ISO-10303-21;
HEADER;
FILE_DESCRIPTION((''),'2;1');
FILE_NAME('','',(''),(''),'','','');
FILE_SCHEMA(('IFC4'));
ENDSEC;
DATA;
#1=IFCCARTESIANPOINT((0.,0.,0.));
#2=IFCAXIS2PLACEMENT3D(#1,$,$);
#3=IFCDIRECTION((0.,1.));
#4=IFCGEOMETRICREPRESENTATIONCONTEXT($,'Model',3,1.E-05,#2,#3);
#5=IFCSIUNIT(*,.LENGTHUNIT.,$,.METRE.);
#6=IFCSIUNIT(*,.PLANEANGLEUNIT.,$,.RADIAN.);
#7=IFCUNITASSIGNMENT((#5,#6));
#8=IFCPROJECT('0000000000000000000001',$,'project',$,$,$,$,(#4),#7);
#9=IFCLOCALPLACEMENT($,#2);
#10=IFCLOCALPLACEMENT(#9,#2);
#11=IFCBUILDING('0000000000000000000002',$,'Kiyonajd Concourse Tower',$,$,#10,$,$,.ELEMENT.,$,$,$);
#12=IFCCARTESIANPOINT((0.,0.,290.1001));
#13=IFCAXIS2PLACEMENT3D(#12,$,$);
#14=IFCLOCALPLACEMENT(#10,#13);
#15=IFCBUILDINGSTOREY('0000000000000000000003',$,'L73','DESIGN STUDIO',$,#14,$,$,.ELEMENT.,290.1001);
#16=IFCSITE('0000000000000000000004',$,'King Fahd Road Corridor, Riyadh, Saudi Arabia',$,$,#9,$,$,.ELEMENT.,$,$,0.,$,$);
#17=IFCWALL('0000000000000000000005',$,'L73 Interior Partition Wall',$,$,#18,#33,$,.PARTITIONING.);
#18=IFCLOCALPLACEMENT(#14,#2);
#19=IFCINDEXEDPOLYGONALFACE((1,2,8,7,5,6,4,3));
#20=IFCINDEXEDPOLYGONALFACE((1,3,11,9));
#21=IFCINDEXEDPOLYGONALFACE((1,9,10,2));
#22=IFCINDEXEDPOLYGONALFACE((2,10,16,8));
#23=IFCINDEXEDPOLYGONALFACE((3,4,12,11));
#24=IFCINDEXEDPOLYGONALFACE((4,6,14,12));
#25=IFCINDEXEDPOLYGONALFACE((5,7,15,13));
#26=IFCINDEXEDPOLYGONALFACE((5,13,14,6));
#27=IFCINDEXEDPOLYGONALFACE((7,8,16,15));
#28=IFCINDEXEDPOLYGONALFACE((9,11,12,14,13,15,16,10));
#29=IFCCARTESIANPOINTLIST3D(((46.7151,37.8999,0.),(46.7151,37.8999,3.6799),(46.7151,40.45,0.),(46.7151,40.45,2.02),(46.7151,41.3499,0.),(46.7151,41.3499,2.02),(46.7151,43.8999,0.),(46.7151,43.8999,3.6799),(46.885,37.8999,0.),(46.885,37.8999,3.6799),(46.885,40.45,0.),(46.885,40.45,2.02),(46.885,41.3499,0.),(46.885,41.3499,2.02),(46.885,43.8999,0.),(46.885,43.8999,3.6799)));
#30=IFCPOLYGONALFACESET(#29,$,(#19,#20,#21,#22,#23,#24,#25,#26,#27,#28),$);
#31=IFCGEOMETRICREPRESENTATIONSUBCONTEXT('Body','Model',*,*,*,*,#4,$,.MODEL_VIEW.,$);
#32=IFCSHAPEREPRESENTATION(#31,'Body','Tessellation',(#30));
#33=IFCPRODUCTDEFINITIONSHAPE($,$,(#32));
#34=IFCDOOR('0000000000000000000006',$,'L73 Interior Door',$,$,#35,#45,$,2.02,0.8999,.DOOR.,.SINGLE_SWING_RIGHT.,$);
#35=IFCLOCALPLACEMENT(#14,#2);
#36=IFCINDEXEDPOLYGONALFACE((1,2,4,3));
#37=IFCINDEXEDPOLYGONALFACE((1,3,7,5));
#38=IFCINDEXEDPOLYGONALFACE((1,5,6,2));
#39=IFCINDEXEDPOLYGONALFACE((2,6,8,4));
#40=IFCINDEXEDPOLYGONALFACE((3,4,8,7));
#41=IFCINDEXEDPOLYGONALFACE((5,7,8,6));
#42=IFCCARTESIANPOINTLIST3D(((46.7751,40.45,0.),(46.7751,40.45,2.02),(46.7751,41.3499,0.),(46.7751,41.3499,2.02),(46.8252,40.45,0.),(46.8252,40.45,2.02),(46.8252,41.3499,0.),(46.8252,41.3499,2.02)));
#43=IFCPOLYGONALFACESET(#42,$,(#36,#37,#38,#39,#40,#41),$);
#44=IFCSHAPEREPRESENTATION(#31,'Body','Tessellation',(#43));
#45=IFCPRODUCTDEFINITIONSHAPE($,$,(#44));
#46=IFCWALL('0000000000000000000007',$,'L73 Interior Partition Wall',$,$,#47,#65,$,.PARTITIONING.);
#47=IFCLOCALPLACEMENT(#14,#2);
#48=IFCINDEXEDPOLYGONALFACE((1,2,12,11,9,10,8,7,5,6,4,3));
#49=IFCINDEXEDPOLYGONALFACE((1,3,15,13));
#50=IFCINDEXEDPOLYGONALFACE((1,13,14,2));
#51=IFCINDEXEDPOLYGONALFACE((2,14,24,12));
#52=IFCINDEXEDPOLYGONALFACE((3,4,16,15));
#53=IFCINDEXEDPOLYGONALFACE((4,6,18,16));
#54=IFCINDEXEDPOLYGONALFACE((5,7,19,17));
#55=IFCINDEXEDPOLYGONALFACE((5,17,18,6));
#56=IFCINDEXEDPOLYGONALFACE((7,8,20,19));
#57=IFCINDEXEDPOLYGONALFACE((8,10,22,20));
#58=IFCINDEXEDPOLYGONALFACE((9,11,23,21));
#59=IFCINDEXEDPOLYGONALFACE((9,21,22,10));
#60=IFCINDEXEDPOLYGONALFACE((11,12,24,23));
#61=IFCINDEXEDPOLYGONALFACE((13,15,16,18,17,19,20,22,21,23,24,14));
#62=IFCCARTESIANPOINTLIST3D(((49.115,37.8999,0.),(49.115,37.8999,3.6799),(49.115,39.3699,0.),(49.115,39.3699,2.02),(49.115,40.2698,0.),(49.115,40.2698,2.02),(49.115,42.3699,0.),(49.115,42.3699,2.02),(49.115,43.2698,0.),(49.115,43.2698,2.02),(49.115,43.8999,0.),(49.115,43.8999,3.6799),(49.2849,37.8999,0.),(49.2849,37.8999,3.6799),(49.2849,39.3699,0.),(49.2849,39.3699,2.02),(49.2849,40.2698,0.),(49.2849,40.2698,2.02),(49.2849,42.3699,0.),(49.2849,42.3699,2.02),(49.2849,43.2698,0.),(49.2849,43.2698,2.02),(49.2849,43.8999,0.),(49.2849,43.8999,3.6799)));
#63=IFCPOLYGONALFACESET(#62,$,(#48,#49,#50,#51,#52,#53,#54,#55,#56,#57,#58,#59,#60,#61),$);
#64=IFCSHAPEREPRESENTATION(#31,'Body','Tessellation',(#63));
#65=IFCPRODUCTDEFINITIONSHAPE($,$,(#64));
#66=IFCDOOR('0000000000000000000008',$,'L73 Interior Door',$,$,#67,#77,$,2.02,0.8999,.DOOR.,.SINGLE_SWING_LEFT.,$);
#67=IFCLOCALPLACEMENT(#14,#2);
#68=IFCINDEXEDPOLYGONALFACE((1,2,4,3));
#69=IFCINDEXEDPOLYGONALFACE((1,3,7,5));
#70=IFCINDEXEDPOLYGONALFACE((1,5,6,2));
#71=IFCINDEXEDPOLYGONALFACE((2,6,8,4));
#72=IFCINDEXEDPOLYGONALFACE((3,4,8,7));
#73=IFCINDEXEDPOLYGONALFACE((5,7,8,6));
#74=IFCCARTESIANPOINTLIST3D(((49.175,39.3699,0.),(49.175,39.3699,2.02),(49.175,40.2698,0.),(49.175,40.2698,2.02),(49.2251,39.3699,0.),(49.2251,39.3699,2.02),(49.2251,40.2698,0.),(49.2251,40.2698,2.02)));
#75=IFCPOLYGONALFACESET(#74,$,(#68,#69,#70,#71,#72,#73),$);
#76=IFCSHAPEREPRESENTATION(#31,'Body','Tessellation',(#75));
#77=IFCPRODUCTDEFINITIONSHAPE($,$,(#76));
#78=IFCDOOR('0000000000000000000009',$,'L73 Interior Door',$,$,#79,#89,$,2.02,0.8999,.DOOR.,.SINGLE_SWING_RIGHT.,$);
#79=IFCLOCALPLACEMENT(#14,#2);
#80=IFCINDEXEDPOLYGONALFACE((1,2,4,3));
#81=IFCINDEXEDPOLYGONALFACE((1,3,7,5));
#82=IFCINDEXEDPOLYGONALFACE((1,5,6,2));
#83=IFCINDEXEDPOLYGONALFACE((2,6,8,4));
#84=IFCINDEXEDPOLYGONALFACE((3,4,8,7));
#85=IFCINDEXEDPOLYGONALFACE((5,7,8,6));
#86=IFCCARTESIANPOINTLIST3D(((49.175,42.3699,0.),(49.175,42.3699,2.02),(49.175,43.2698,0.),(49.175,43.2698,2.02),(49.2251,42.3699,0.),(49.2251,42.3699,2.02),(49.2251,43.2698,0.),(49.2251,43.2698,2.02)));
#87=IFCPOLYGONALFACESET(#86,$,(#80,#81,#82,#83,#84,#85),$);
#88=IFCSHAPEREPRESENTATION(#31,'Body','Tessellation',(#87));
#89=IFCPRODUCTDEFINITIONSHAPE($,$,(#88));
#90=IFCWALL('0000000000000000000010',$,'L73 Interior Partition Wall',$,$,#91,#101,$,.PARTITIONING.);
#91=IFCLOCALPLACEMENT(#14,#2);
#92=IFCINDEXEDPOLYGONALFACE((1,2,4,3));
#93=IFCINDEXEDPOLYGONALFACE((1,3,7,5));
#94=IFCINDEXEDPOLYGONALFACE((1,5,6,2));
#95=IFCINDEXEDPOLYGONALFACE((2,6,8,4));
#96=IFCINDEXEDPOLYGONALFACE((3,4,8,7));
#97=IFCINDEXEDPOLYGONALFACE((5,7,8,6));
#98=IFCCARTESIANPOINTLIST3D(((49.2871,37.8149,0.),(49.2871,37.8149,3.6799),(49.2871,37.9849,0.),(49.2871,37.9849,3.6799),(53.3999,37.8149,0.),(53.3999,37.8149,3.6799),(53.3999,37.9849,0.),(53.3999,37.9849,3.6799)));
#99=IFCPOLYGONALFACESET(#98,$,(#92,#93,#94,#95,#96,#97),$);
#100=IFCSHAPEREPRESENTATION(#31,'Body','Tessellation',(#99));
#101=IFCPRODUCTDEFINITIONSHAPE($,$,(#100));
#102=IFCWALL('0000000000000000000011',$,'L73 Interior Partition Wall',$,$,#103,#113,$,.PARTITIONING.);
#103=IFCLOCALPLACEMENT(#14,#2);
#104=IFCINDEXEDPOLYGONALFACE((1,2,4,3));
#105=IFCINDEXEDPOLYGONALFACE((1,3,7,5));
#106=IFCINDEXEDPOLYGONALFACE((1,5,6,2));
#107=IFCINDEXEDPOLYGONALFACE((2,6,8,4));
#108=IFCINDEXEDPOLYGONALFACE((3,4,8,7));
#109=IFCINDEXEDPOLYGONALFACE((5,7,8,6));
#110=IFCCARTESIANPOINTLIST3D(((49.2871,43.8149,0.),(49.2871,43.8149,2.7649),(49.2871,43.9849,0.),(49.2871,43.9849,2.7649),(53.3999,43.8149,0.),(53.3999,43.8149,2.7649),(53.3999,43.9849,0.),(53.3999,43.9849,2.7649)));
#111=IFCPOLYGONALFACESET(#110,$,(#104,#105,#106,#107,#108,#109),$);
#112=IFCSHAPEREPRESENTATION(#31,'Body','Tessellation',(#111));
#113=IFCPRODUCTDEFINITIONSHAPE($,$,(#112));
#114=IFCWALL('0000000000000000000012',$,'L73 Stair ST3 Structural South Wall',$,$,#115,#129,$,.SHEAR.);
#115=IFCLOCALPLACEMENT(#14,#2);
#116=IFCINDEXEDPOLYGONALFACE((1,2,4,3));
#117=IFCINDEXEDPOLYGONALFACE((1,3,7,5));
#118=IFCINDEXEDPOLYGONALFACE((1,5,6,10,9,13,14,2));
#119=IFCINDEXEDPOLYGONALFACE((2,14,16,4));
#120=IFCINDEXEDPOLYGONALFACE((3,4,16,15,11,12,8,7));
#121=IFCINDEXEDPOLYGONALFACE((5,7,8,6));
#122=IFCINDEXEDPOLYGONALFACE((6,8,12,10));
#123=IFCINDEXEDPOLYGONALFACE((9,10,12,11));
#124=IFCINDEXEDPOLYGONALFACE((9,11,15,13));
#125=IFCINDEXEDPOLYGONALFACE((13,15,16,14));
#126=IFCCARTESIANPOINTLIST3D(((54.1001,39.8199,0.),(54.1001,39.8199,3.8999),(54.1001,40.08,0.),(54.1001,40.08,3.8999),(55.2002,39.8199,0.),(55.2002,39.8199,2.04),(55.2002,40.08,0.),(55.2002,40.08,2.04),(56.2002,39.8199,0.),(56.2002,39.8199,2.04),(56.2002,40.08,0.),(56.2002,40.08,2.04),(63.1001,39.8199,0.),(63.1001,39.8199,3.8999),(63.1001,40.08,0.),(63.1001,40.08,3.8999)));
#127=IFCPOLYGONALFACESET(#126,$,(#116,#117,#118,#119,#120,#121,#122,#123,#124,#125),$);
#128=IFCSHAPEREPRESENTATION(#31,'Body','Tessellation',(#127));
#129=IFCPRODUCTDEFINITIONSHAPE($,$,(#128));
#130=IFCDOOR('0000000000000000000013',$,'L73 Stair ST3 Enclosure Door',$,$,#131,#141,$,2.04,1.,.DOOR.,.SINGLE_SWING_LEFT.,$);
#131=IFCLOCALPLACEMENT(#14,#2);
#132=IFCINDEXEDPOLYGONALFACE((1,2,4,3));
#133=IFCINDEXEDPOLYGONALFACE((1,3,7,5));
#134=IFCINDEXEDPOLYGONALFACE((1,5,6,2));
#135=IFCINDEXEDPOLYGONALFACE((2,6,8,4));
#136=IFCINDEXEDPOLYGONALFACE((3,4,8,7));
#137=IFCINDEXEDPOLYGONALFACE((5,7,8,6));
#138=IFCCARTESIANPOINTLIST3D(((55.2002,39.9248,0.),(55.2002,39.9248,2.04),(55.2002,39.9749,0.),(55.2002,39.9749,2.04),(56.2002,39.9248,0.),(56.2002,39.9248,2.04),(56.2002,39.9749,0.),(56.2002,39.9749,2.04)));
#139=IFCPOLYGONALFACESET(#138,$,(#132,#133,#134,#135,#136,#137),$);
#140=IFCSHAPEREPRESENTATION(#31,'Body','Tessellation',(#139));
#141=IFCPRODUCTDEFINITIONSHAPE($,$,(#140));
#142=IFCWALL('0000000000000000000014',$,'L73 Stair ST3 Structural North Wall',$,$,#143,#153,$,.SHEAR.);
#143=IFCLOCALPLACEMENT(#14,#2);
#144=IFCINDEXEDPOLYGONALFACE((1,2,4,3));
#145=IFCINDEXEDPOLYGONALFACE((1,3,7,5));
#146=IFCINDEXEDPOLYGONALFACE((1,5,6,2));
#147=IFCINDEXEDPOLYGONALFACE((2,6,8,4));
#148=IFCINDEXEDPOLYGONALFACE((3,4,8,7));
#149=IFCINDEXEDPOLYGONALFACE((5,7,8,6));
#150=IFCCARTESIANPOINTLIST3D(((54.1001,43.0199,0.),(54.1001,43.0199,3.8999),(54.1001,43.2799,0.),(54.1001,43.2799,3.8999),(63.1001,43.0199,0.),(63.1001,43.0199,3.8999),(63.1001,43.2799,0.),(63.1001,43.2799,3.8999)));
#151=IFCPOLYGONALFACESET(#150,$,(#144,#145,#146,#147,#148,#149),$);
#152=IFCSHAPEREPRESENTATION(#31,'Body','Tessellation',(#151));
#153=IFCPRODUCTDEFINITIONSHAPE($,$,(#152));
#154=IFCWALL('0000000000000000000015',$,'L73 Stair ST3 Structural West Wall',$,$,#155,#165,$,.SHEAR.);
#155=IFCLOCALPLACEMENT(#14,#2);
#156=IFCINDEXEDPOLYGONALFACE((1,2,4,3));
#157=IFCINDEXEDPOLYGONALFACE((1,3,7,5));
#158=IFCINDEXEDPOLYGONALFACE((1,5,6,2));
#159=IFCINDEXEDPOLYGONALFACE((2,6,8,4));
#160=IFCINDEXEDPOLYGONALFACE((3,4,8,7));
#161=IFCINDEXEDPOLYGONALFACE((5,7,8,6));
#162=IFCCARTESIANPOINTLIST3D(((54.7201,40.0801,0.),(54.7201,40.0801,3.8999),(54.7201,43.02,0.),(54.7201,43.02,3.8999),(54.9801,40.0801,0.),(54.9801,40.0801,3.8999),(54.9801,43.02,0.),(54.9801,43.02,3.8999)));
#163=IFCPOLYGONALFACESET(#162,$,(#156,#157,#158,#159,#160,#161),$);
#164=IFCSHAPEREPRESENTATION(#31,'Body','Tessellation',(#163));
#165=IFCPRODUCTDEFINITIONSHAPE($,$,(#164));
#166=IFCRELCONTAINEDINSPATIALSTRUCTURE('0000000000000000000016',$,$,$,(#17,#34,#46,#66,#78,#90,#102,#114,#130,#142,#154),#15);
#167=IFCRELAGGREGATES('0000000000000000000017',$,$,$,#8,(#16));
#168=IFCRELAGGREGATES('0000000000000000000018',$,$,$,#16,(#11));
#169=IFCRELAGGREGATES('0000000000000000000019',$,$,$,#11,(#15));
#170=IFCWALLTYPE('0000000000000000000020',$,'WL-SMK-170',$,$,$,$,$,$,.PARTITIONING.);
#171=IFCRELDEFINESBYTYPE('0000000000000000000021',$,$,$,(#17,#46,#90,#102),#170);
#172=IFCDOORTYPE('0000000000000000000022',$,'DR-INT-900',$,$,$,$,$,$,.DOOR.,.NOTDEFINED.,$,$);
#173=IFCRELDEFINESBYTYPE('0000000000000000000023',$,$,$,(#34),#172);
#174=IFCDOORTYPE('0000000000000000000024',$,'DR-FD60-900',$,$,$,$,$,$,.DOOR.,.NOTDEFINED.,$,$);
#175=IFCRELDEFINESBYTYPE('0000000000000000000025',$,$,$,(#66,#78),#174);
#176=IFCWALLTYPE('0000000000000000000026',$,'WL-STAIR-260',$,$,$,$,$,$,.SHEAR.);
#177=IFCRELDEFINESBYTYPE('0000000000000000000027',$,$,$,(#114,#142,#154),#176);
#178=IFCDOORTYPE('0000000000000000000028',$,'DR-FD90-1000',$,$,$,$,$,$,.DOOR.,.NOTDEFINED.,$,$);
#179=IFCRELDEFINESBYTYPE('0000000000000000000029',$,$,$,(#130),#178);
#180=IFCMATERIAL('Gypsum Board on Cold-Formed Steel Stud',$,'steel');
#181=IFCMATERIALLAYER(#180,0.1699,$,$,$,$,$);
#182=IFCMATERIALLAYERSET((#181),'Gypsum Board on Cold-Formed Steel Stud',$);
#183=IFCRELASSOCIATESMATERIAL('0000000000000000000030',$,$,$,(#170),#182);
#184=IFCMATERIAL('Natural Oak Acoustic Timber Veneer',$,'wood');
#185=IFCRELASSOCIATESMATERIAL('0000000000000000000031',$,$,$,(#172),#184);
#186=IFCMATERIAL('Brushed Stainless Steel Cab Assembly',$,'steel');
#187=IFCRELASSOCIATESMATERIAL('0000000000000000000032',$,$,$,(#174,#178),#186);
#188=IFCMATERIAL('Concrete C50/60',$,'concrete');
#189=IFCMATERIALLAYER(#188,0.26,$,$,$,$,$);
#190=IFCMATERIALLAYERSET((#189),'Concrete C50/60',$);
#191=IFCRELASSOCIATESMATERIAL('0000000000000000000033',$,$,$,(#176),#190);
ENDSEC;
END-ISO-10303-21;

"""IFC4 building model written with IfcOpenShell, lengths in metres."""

from ifc_helpers import new_model, si_unit, direction, frame, frame_2d, origin, place, context, subcontext, project, spatial, rectangle, extrude, material, layer, layer_set, type_object, element, fill, save


model = new_model("IFC4")

# Units and contexts
model_context = context("Model", 3, precision=1e-05, world=origin(), true_north=direction((0.0, 1.0)))
body_context = subcontext(model_context, "Body", "Model", "MODEL_VIEW")
ifc_project = project(units=[si_unit("LENGTHUNIT", "METRE"), si_unit("PLANEANGLEUNIT", "RADIAN")], contexts=[model_context])

# Site, building, storey
site_placement = place(None, origin())
site = spatial("IfcSite", under=ifc_project, at=site_placement, Name="King Fahd Road Corridor, Riyadh, Saudi Arabia", CompositionType="ELEMENT", RefElevation=0.0)
building_placement = place(site_placement, origin())
building = spatial("IfcBuilding", under=site, at=building_placement, Name="Kiyonajd Concourse Tower", CompositionType="ELEMENT")
storey_placement = place(building_placement, frame((0.0, 0.0, 290.1001)))
storey = spatial("IfcBuildingStorey", under=building, at=storey_placement, Name="L73", Description="DESIGN STUDIO", CompositionType="ELEMENT", Elevation=290.1001)

# Shared definitions
ifc_material_1 = material(Name="Concrete C50/60", Category="concrete")

# Shared definitions
ifc_material_2 = material(Name="Gypsum Board on Cold-Formed Steel Stud", Category="steel")

# Wall, opening, door
ifc_layer_1 = layer(ifc_material_2, 0.1699)
ifc_layer_set_1 = layer_set([ifc_layer_1], Name="Gypsum Board on Cold-Formed Steel Stud")
wall_type_1 = type_object("IfcWallType", Name="WL-SMK-170", PredefinedType="PARTITIONING", material=ifc_layer_set_1)
wall_1_placement = place(storey_placement, frame((46.8, 37.8999, 0.0), z_axis=(0.0, 0.0, 1.0), x_axis=(0.0, 1.0, 0.0)))
wall_1 = element("IfcWall", 1, at=wall_1_placement, inside=storey, type_object=wall_type_1, Name="L73 Interior Partition Wall", PredefinedType="PARTITIONING", context=body_context, shape_type="SweptSolid", body=[
    extrude(rectangle(XDim=6.0, YDim=0.1699, at=frame_2d((3.0, 0.0))), origin(), (0.0, 0.0, 1.0), 3.6799),
])
opening_1_placement = place(wall_1_placement, frame((2.55, 0.0, 0.0)))
opening_1 = element("IfcOpeningElement", 2, at=opening_1_placement, cuts=wall_1, PredefinedType="OPENING", context=body_context, shape_type="SweptSolid", body=[
    extrude(rectangle(XDim=0.8999, YDim=2.02, at=frame_2d((0.45, 1.01))), frame((0.0, 0.095, 0.0), z_axis=(0.0, -1.0, 0.0), x_axis=(1.0, 0.0, 0.0)), (0.0, 0.0, 1.0), 0.1899),
])
ifc_material_3 = material(Name="Natural Oak Acoustic Timber Veneer", Category="wood")
door_type_1 = type_object("IfcDoorType", Name="DR-INT-900", OperationType="NOTDEFINED", PredefinedType="DOOR", material=ifc_material_3)
door_1_placement = place(opening_1_placement, origin())
door_1 = element("IfcDoor", 3, at=door_1_placement, inside=storey, type_object=door_type_1, Name="L73 Interior Door", OperationType="SINGLE_SWING_RIGHT", OverallHeight=2.02, OverallWidth=0.8999, PredefinedType="DOOR", context=body_context, shape_type="SweptSolid", body=[
    extrude(rectangle(XDim=0.8999, YDim=2.02, at=frame_2d((0.45, 1.01))), frame((0.0, 0.0249, 0.0), z_axis=(0.0, -1.0, 0.0), x_axis=(1.0, 0.0, 0.0)), (0.0, 0.0, 1.0), 0.05),
])
fill(opening_1, door_1)

# Wall, openings, doors
wall_2_placement = place(storey_placement, frame((49.2, 37.8999, 0.0), z_axis=(0.0, 0.0, 1.0), x_axis=(0.0, 1.0, 0.0)))
wall_2 = element("IfcWall", 4, at=wall_2_placement, inside=storey, type_object=wall_type_1, Name="L73 Interior Partition Wall", PredefinedType="PARTITIONING", context=body_context, shape_type="SweptSolid", body=[
    extrude(rectangle(XDim=6.0, YDim=0.1699, at=frame_2d((3.0, 0.0))), origin(), (0.0, 0.0, 1.0), 3.6799),
])
opening_2_placement = place(wall_2_placement, frame((1.47, 0.0, 0.0)))
opening_2 = element("IfcOpeningElement", 5, at=opening_2_placement, cuts=wall_2, PredefinedType="OPENING", context=body_context, shape_type="SweptSolid", body=[
    extrude(rectangle(XDim=0.8999, YDim=2.02, at=frame_2d((0.45, 1.01))), frame((0.0, 0.095, 0.0), z_axis=(0.0, -1.0, 0.0), x_axis=(1.0, 0.0, 0.0)), (0.0, 0.0, 1.0), 0.1899),
])
opening_3_placement = place(wall_2_placement, frame((4.47, 0.0, 0.0)))
opening_3 = element("IfcOpeningElement", 6, at=opening_3_placement, cuts=wall_2, PredefinedType="OPENING", context=body_context, shape_type="SweptSolid", body=[
    extrude(rectangle(XDim=0.8999, YDim=2.02, at=frame_2d((0.45, 1.01))), frame((0.0, 0.095, 0.0), z_axis=(0.0, -1.0, 0.0), x_axis=(1.0, 0.0, 0.0)), (0.0, 0.0, 1.0), 0.1899),
])
ifc_material_4 = material(Name="Brushed Stainless Steel Cab Assembly", Category="steel")
door_type_2 = type_object("IfcDoorType", Name="DR-FD60-900", OperationType="NOTDEFINED", PredefinedType="DOOR", material=ifc_material_4)
door_2_placement = place(opening_2_placement, origin())
door_2 = element("IfcDoor", 7, at=door_2_placement, inside=storey, type_object=door_type_2, Name="L73 Interior Door", OperationType="SINGLE_SWING_LEFT", OverallHeight=2.02, OverallWidth=0.8999, PredefinedType="DOOR", context=body_context, shape_type="SweptSolid", body=[
    extrude(rectangle(XDim=0.8999, YDim=2.02, at=frame_2d((0.45, 1.01))), frame((0.0, 0.0249, 0.0), z_axis=(0.0, -1.0, 0.0), x_axis=(1.0, 0.0, 0.0)), (0.0, 0.0, 1.0), 0.05),
])
fill(opening_2, door_2)
door_3_placement = place(opening_3_placement, origin())
door_3 = element("IfcDoor", 8, at=door_3_placement, inside=storey, type_object=door_type_2, Name="L73 Interior Door", OperationType="SINGLE_SWING_RIGHT", OverallHeight=2.02, OverallWidth=0.8999, PredefinedType="DOOR", context=body_context, shape_type="SweptSolid", body=[
    extrude(rectangle(XDim=0.8999, YDim=2.02, at=frame_2d((0.45, 1.01))), frame((0.0, 0.0249, 0.0), z_axis=(0.0, -1.0, 0.0), x_axis=(1.0, 0.0, 0.0)), (0.0, 0.0, 1.0), 0.05),
])
fill(opening_3, door_3)

# Walls
wall_3_placement = place(storey_placement, frame((49.2871, 37.8999, 0.0), z_axis=(0.0, 0.0, 1.0), x_axis=(1.0, 0.0, 0.0)))
element("IfcWall", 9, at=wall_3_placement, inside=storey, type_object=wall_type_1, Name="L73 Interior Partition Wall", PredefinedType="PARTITIONING", context=body_context, shape_type="SweptSolid", body=[
    extrude(rectangle(XDim=4.1128, YDim=0.1699, at=frame_2d((2.0564, 0.0))), origin(), (0.0, 0.0, 1.0), 3.6799),
])
wall_4_placement = place(storey_placement, frame((49.2871, 43.8999, 0.0), z_axis=(0.0, 0.0, 1.0), x_axis=(1.0, 0.0, 0.0)))
element("IfcWall", 10, at=wall_4_placement, inside=storey, type_object=wall_type_1, Name="L73 Interior Partition Wall", PredefinedType="PARTITIONING", context=body_context, shape_type="SweptSolid", body=[
    extrude(rectangle(XDim=4.1128, YDim=0.1699, at=frame_2d((2.0564, 0.0))), origin(), (0.0, 0.0, 1.0), 2.7649),
])

# Wall, opening, door
ifc_layer_2 = layer(ifc_material_1, 0.26)
ifc_layer_set_2 = layer_set([ifc_layer_2], Name="Concrete C50/60")
wall_type_2 = type_object("IfcWallType", Name="WL-STAIR-260", PredefinedType="SHEAR", material=ifc_layer_set_2)
wall_5_placement = place(storey_placement, frame((54.1001, 39.95, 0.0), z_axis=(0.0, 0.0, 1.0), x_axis=(1.0, 0.0, 0.0)))
wall_5 = element("IfcWall", 11, at=wall_5_placement, inside=storey, type_object=wall_type_2, Name="L73 Stair ST3 Structural South Wall", PredefinedType="SHEAR", context=body_context, shape_type="SweptSolid", body=[
    extrude(rectangle(XDim=9.0, YDim=0.26, at=frame_2d((4.5, 0.0))), origin(), (0.0, 0.0, 1.0), 3.8999),
])
opening_4_placement = place(wall_5_placement, frame((1.1001, 0.0, 0.0)))
opening_4 = element("IfcOpeningElement", 12, at=opening_4_placement, cuts=wall_5, PredefinedType="OPENING", context=body_context, shape_type="SweptSolid", body=[
    extrude(rectangle(XDim=1.0, YDim=2.04, at=frame_2d((0.5, 1.02))), frame((0.0, 0.1399, 0.0), z_axis=(0.0, -1.0, 0.0), x_axis=(1.0, 0.0, 0.0)), (0.0, 0.0, 1.0), 0.28),
])
door_type_3 = type_object("IfcDoorType", Name="DR-FD90-1000", OperationType="NOTDEFINED", PredefinedType="DOOR", material=ifc_material_4)
door_4_placement = place(opening_4_placement, origin())
door_4 = element("IfcDoor", 13, at=door_4_placement, inside=storey, type_object=door_type_3, Name="L73 Stair ST3 Enclosure Door", OperationType="SINGLE_SWING_LEFT", OverallHeight=2.04, OverallWidth=1.0, PredefinedType="DOOR", context=body_context, shape_type="SweptSolid", body=[
    extrude(rectangle(XDim=1.0, YDim=2.04, at=frame_2d((0.5, 1.02))), frame((0.0, 0.0249, 0.0), z_axis=(0.0, -1.0, 0.0), x_axis=(1.0, 0.0, 0.0)), (0.0, 0.0, 1.0), 0.05),
])
fill(opening_4, door_4)

# Walls
wall_6_placement = place(storey_placement, frame((54.1001, 43.1499, 0.0), z_axis=(0.0, 0.0, 1.0), x_axis=(1.0, 0.0, 0.0)))
element("IfcWall", 14, at=wall_6_placement, inside=storey, type_object=wall_type_2, Name="L73 Stair ST3 Structural North Wall", PredefinedType="SHEAR", context=body_context, shape_type="SweptSolid", body=[
    extrude(rectangle(XDim=9.0, YDim=0.26, at=frame_2d((4.5, 0.0))), origin(), (0.0, 0.0, 1.0), 3.8999),
])
wall_7_placement = place(storey_placement, frame((54.8501, 40.0801, 0.0), z_axis=(0.0, 0.0, 1.0), x_axis=(0.0, 1.0, 0.0)))
element("IfcWall", 15, at=wall_7_placement, inside=storey, type_object=wall_type_2, Name="L73 Stair ST3 Structural West Wall", PredefinedType="SHEAR", context=body_context, shape_type="SweptSolid", body=[
    extrude(rectangle(XDim=2.9399, YDim=0.26, at=frame_2d((1.47, 0.0))), origin(), (0.0, 0.0, 1.0), 3.8999),
])

save(model, "model.ifc")
